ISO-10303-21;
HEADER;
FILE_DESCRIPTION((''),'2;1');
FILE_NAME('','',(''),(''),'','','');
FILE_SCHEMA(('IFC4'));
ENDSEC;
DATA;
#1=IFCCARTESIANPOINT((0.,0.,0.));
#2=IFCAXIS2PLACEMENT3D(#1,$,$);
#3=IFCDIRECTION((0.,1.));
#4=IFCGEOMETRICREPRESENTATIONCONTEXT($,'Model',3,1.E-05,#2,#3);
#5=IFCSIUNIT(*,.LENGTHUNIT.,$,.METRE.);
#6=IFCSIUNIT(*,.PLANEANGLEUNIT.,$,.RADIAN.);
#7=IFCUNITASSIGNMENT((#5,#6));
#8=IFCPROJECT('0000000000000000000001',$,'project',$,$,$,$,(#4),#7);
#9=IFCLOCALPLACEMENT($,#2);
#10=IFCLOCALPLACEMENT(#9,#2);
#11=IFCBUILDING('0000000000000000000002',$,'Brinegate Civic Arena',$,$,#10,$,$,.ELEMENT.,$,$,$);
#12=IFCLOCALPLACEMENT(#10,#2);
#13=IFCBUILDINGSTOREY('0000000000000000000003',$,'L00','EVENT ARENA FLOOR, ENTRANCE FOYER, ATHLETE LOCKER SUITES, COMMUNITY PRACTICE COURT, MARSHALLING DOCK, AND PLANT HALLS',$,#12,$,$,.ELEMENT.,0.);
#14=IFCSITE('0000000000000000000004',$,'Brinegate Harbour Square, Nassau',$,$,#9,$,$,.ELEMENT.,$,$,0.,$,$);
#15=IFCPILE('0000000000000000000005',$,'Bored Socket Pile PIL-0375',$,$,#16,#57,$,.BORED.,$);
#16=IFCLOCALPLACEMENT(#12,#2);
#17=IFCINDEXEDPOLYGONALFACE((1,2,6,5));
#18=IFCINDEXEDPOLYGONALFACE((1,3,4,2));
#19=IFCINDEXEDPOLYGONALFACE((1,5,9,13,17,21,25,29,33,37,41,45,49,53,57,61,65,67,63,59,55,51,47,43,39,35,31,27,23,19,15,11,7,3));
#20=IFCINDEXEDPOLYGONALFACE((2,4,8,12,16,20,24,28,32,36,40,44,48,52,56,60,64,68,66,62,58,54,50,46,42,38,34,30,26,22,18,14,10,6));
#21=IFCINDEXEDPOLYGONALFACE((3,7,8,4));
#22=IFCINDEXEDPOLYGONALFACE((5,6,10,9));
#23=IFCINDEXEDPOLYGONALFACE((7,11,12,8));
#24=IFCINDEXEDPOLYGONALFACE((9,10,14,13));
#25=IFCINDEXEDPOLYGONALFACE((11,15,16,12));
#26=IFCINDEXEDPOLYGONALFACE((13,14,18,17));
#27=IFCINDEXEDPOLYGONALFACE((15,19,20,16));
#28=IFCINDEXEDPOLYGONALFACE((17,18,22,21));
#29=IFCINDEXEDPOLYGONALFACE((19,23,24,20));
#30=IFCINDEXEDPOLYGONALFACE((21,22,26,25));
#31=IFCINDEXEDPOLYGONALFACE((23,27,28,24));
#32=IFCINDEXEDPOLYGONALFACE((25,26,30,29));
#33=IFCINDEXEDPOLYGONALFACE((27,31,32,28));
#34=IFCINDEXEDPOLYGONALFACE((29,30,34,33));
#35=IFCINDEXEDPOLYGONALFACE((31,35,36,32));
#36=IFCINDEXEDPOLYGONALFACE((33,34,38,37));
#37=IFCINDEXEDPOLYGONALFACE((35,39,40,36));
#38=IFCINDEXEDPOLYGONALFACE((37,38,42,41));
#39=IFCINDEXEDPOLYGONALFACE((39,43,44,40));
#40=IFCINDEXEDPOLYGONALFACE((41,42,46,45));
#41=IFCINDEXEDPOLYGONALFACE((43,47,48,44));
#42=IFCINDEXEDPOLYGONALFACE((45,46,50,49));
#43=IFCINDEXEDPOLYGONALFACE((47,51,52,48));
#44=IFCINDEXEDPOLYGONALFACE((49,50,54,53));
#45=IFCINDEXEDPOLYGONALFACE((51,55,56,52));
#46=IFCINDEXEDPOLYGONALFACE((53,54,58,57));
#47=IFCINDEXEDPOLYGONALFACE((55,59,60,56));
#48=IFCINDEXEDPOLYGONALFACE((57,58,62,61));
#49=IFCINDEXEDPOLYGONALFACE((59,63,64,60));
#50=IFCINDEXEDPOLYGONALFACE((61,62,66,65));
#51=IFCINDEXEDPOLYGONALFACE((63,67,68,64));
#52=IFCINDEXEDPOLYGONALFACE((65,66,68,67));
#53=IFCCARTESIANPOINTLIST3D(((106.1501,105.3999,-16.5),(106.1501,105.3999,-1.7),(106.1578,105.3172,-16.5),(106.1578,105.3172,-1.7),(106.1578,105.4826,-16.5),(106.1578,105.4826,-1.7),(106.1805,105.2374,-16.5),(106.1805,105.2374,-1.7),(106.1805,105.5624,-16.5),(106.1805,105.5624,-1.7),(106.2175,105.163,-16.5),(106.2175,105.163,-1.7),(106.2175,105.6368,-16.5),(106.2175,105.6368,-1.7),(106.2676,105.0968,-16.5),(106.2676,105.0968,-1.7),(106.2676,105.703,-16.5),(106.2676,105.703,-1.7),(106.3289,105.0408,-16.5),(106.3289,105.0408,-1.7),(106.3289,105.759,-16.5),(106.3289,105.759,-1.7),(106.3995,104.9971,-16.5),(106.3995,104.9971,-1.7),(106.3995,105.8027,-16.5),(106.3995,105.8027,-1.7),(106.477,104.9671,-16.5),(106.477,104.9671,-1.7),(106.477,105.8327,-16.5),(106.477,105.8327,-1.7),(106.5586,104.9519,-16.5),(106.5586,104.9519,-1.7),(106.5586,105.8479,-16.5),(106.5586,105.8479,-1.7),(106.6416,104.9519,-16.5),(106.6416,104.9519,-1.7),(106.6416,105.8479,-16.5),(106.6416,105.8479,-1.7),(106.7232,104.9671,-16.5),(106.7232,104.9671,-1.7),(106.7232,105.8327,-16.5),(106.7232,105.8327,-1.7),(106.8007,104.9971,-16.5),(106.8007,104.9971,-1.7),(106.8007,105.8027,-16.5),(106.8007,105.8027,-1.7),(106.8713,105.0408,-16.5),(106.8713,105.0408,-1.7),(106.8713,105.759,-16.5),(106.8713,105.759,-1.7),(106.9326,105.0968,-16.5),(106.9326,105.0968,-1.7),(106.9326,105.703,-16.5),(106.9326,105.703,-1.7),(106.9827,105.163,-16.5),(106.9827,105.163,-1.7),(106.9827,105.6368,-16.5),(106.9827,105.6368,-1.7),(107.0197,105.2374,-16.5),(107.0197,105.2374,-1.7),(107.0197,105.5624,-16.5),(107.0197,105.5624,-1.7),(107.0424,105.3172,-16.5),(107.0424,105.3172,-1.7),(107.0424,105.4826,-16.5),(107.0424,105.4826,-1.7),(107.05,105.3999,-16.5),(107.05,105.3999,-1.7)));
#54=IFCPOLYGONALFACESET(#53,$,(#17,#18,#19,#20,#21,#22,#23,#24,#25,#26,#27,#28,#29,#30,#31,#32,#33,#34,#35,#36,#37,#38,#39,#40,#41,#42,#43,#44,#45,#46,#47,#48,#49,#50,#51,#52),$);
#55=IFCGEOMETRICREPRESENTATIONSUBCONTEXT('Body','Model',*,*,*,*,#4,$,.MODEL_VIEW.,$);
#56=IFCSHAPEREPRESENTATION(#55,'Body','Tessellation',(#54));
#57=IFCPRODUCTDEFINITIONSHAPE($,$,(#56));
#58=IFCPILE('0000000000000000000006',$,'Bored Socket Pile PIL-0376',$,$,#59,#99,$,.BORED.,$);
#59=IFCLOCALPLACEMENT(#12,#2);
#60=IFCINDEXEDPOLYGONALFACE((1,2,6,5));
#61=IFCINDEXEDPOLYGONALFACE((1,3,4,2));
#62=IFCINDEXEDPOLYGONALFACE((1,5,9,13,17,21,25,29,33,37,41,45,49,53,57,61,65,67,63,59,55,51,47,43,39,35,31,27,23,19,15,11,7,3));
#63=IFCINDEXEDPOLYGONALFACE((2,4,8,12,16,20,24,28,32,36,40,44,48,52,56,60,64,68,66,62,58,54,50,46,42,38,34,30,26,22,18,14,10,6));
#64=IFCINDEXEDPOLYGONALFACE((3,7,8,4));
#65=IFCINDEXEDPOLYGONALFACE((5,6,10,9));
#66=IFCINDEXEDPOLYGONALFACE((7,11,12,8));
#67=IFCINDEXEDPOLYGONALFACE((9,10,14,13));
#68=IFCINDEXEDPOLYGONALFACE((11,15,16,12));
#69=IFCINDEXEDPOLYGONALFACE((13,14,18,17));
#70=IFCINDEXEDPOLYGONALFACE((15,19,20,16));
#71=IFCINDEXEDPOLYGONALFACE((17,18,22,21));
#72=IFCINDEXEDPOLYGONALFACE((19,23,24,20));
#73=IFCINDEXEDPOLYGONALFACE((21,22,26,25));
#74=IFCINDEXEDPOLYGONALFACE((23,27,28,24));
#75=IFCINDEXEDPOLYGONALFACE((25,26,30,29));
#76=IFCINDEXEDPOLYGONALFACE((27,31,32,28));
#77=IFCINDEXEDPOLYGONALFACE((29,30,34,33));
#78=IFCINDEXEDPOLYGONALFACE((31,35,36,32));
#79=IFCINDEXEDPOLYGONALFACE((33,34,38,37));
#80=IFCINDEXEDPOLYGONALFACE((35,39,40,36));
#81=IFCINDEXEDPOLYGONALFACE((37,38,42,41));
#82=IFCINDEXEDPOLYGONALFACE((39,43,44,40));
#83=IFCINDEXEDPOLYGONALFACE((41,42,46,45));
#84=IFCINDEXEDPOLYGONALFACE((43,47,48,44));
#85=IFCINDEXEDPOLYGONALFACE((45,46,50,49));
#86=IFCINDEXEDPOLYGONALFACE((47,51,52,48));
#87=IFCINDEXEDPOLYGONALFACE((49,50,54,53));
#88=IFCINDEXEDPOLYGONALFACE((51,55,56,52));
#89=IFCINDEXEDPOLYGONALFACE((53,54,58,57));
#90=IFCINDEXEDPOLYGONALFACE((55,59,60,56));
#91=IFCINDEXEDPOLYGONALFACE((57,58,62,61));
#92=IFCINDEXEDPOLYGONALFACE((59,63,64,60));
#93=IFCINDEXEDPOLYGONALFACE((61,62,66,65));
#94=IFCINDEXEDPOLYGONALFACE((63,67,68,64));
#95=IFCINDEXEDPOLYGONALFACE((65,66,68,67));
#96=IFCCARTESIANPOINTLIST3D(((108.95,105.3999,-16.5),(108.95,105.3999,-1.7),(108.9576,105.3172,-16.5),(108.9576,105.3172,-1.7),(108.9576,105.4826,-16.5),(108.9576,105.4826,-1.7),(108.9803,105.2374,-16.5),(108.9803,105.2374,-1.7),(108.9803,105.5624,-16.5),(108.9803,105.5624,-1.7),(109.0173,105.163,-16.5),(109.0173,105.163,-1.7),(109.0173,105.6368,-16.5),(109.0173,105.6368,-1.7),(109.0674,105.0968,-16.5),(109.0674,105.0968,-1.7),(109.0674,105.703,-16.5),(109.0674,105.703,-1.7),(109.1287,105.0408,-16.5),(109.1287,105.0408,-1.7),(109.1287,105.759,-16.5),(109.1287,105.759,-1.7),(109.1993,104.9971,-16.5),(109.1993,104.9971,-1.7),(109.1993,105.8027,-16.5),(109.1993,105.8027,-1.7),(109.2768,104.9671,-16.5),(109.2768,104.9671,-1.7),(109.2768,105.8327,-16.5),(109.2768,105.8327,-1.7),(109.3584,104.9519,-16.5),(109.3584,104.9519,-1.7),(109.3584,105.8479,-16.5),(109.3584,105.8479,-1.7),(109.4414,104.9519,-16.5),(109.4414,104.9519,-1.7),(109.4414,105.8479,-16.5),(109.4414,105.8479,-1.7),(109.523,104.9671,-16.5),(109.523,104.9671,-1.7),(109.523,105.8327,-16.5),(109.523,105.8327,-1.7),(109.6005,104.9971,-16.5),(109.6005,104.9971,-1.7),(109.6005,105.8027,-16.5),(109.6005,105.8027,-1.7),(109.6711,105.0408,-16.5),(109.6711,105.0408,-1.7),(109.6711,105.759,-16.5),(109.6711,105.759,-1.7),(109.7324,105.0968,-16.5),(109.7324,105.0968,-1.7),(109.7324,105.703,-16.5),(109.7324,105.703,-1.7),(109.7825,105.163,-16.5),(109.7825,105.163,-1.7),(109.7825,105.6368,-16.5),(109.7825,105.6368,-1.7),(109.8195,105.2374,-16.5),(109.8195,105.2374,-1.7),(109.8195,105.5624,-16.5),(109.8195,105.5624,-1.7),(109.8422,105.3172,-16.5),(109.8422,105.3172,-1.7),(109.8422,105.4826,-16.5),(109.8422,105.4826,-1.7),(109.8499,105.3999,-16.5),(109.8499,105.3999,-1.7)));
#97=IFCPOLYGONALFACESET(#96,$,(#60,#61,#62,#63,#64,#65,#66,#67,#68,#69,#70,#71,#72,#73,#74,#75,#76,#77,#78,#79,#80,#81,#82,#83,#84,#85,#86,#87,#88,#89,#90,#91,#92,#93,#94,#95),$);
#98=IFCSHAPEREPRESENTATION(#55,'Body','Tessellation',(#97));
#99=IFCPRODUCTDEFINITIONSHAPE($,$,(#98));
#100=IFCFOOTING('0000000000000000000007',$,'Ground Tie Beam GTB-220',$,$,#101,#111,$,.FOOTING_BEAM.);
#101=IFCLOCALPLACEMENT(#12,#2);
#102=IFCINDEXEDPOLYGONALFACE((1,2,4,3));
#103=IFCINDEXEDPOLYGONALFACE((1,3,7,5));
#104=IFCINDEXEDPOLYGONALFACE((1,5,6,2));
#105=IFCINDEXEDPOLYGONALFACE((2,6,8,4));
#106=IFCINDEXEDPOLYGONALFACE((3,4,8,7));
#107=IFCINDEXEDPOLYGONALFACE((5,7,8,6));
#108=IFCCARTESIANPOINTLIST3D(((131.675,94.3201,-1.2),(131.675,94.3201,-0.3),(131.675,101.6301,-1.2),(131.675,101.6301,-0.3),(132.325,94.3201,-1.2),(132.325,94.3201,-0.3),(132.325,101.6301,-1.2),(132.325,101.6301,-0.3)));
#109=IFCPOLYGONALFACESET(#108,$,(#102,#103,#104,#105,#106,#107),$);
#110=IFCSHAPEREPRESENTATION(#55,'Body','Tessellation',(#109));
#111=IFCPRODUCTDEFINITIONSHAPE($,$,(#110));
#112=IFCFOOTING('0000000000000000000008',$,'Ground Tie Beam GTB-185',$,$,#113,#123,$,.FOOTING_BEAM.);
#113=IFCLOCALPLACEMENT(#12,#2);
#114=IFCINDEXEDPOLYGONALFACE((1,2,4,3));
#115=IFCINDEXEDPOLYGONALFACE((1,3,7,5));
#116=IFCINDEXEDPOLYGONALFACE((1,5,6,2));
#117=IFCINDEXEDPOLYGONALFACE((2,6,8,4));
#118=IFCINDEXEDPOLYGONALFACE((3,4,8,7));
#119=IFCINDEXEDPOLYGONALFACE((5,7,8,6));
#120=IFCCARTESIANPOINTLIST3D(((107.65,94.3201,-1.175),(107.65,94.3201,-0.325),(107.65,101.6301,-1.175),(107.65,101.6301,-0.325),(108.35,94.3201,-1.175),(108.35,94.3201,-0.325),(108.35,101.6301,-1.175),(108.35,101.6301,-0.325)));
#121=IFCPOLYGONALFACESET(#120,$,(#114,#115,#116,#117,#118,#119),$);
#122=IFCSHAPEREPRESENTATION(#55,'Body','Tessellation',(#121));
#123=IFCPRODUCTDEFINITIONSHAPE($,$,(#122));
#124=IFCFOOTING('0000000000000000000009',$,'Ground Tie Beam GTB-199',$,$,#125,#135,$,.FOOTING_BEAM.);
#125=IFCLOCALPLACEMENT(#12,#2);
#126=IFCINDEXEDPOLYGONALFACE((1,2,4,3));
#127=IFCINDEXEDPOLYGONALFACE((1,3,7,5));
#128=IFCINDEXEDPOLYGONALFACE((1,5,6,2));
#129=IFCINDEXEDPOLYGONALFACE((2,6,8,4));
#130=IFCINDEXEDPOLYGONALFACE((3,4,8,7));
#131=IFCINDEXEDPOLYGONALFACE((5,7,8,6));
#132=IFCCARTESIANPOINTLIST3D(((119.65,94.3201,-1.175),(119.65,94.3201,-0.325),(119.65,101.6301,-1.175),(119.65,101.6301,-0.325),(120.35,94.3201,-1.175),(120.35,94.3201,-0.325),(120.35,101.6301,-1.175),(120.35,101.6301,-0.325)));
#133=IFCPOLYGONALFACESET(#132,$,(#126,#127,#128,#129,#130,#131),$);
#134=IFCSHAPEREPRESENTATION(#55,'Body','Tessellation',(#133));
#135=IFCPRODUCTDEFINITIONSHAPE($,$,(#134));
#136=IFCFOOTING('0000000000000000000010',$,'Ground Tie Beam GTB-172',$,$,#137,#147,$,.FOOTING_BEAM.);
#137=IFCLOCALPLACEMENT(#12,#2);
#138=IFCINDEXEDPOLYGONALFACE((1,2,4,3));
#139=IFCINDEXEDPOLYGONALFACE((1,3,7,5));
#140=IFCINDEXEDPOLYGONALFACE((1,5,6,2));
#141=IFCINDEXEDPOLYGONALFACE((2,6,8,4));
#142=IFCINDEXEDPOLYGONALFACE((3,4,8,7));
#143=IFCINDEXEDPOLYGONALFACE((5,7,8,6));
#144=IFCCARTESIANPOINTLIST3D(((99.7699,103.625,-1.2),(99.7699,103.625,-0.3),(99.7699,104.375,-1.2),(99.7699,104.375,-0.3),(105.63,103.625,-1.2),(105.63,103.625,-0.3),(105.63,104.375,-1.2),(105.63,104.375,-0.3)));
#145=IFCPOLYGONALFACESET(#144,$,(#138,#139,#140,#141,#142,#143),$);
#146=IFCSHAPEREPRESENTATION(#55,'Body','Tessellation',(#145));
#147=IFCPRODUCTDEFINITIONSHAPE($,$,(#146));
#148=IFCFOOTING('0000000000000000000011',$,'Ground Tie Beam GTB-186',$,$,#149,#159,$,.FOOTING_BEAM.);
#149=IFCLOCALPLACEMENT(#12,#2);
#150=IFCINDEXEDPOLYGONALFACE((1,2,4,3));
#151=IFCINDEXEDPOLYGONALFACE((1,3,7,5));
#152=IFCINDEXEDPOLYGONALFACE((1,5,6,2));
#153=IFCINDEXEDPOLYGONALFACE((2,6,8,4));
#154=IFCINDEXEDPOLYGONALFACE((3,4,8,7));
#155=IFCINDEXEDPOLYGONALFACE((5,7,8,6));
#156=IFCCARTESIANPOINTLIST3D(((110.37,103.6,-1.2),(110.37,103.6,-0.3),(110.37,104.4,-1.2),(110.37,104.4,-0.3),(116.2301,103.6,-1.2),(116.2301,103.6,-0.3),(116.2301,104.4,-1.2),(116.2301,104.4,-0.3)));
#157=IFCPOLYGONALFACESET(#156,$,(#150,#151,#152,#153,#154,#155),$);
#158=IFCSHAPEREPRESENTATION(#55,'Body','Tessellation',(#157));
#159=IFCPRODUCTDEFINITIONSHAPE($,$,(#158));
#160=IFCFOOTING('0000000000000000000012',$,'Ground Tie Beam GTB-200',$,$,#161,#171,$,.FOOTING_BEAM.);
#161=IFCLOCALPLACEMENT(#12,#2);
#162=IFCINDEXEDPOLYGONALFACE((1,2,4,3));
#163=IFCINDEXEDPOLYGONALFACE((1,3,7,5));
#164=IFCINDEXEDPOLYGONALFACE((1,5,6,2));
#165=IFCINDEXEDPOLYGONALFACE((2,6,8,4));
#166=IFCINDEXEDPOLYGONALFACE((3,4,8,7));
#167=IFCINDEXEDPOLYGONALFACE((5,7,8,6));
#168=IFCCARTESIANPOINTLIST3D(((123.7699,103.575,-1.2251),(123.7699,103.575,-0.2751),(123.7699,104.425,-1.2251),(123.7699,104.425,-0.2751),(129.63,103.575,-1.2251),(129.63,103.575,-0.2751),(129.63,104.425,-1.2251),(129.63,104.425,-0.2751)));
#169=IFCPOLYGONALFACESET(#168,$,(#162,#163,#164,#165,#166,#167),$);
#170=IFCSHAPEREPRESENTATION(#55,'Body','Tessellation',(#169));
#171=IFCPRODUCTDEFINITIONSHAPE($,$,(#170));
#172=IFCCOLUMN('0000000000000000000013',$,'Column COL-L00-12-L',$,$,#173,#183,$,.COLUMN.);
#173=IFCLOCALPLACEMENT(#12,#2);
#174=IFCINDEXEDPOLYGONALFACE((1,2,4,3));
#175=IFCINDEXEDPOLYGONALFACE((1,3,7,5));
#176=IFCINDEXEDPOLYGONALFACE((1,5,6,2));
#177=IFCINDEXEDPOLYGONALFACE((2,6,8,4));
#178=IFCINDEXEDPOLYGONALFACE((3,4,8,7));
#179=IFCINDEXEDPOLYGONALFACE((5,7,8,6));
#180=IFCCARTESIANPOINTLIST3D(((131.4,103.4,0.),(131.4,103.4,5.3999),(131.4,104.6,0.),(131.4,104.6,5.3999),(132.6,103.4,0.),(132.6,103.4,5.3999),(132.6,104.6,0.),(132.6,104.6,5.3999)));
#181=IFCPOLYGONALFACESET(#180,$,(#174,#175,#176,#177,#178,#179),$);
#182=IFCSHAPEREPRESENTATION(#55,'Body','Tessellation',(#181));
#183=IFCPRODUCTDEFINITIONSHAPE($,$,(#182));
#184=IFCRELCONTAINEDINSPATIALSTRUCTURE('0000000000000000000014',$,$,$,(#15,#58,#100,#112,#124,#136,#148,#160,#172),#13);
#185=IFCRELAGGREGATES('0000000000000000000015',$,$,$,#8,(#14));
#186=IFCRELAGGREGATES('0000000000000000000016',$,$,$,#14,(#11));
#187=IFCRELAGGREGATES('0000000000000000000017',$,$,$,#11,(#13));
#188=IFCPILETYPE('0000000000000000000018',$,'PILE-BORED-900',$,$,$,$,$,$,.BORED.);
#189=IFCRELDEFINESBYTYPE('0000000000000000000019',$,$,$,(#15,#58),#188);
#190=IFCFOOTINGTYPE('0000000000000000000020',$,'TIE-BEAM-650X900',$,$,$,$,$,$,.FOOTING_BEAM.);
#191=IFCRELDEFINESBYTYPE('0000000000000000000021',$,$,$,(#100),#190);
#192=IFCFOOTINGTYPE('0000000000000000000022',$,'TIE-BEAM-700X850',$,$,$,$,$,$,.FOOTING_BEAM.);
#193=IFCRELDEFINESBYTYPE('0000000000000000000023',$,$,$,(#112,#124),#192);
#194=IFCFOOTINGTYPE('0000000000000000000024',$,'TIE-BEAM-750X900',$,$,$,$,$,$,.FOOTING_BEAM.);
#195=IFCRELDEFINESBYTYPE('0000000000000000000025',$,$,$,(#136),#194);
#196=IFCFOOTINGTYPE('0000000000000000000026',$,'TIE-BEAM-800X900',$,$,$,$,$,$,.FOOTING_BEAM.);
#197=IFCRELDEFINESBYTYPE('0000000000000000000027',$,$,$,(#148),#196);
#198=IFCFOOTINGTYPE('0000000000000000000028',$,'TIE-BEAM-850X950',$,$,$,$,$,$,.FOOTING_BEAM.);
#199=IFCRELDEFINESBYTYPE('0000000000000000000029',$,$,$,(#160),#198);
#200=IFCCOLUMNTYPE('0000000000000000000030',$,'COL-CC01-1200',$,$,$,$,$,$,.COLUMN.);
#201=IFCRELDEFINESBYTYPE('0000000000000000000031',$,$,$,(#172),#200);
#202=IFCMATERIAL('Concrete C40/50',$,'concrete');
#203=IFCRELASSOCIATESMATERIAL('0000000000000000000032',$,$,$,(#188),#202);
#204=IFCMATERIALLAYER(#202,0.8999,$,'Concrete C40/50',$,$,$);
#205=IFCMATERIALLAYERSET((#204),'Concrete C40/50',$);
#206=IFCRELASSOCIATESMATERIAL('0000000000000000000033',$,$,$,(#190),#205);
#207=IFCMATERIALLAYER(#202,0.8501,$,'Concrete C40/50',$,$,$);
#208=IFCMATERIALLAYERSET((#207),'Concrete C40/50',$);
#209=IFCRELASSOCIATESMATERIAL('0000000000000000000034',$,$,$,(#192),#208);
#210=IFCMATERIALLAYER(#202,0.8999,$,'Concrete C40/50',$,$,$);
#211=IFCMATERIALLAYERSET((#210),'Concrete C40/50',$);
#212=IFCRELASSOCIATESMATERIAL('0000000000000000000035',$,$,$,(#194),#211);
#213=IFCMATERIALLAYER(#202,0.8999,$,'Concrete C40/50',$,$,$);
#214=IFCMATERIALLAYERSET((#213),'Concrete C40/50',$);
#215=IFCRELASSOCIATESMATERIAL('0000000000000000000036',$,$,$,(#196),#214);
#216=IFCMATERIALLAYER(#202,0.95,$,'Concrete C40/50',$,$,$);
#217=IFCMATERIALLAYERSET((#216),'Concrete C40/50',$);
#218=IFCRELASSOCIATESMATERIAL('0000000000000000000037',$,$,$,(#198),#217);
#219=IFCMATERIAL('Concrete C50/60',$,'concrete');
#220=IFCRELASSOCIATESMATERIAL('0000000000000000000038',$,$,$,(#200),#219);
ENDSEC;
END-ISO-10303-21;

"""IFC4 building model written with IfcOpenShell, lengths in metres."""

from ifc_helpers import new_model, si_unit, direction, frame, origin, origin_2d, place, context, subcontext, project, spatial, rectangle, circle, extrude, material, layer, layer_set, material_profile, profile_set, type_object, element, save


model = new_model("IFC4")

# Units and contexts
model_context = context("Model", 3, precision=1e-05, world=origin(), true_north=direction((0.0, 1.0)))
body_context = subcontext(model_context, "Body", "Model", "MODEL_VIEW")
ifc_project = project(units=[si_unit("LENGTHUNIT", "METRE"), si_unit("PLANEANGLEUNIT", "RADIAN")], contexts=[model_context])

# Site, building, storey
site_placement = place(None, origin())
site = spatial("IfcSite", under=ifc_project, at=site_placement, Name="Brinegate Harbour Square, Nassau", CompositionType="ELEMENT", RefElevation=0.0)
building_placement = place(site_placement, origin())
building = spatial("IfcBuilding", under=site, at=building_placement, Name="Brinegate Civic Arena", CompositionType="ELEMENT")
storey_placement = place(building_placement, origin())
storey = spatial("IfcBuildingStorey", under=building, at=storey_placement, Name="L00", Description="EVENT ARENA FLOOR, ENTRANCE FOYER, ATHLETE LOCKER SUITES, COMMUNITY PRACTICE COURT, MARSHALLING DOCK, AND PLANT HALLS", CompositionType="ELEMENT", Elevation=0.0)

# Shared definitions
ifc_material_1 = material(Name="Concrete C40/50", Category="concrete")

# Piles
ifc_material_profile_1 = material_profile(ifc_material_1, circle(Radius=0.45, at=origin_2d()), Name="PILED900")
ifc_profile_set_1 = profile_set([ifc_material_profile_1], Name="Concrete C40/50")
pile_type_1 = type_object("IfcPileType", Name="PILE-BORED-900", PredefinedType="BORED", material=ifc_profile_set_1)
for number, where, z_axis, x_axis, name in (
    (1, (106.6001, 105.3999, -1.7), (0.0, 0.0, -1.0), (1.0, 0.0, 0.0), "Bored Socket Pile PIL-0375"),
    (2, (109.3999, 105.3999, -1.7), (0.0, 0.0, -1.0), (1.0, 0.0, 0.0), "Bored Socket Pile PIL-0376"),
):
    element("IfcPile", number, at=place(storey_placement, frame(where, z_axis=z_axis, x_axis=x_axis)), inside=storey, type_object=pile_type_1, Name=name, PredefinedType="BORED", context=body_context, shape_type="SweptSolid", body=[
        extrude(circle(Radius=0.45, at=origin_2d()), origin(), (0.0, 0.0, 1.0), 14.8),
    ])

# Footings
ifc_layer_1 = layer(ifc_material_1, 0.8999, Name="Concrete C40/50")
ifc_layer_set_1 = layer_set([ifc_layer_1], Name="Concrete C40/50")
footing_type_1 = type_object("IfcFootingType", Name="TIE-BEAM-650X900", PredefinedType="FOOTING_BEAM", material=ifc_layer_set_1)
footing_1_placement = place(storey_placement, frame((132.0, 97.9751, -1.2), z_axis=(0.0, 0.0, 1.0), x_axis=(0.0, 1.0, 0.0)))
element("IfcFooting", 3, at=footing_1_placement, inside=storey, type_object=footing_type_1, Name="Ground Tie Beam GTB-220", PredefinedType="FOOTING_BEAM", context=body_context, shape_type="SweptSolid", body=[
    extrude(rectangle(XDim=7.3101, YDim=0.6499, at=origin_2d()), origin(), (0.0, 0.0, 1.0), 0.8999),
])
ifc_layer_2 = layer(ifc_material_1, 0.8501, Name="Concrete C40/50")
ifc_layer_set_2 = layer_set([ifc_layer_2], Name="Concrete C40/50")
footing_type_2 = type_object("IfcFootingType", Name="TIE-BEAM-700X850", PredefinedType="FOOTING_BEAM", material=ifc_layer_set_2)
for number, where, z_axis, x_axis, name in (
    (4, (108.0, 97.9751, -1.175), (0.0, 0.0, 1.0), (0.0, 1.0, 0.0), "Ground Tie Beam GTB-185"),
    (5, (120.0, 97.9751, -1.175), (0.0, 0.0, 1.0), (0.0, 1.0, 0.0), "Ground Tie Beam GTB-199"),
):
    element("IfcFooting", number, at=place(storey_placement, frame(where, z_axis=z_axis, x_axis=x_axis)), inside=storey, type_object=footing_type_2, Name=name, PredefinedType="FOOTING_BEAM", context=body_context, shape_type="SweptSolid", body=[
        extrude(rectangle(XDim=7.3101, YDim=0.7, at=origin_2d()), origin(), (0.0, 0.0, 1.0), 0.8501),
    ])
ifc_layer_3 = layer(ifc_material_1, 0.8999, Name="Concrete C40/50")
ifc_layer_set_3 = layer_set([ifc_layer_3], Name="Concrete C40/50")
footing_type_3 = type_object("IfcFootingType", Name="TIE-BEAM-750X900", PredefinedType="FOOTING_BEAM", material=ifc_layer_set_3)
footing_2_placement = place(storey_placement, frame((102.7, 104.0, -1.2), z_axis=(0.0, 0.0, 1.0), x_axis=(1.0, 0.0, 0.0)))
element("IfcFooting", 6, at=footing_2_placement, inside=storey, type_object=footing_type_3, Name="Ground Tie Beam GTB-172", PredefinedType="FOOTING_BEAM", context=body_context, shape_type="SweptSolid", body=[
    extrude(rectangle(XDim=5.8601, YDim=0.75, at=origin_2d()), origin(), (0.0, 0.0, 1.0), 0.8999),
])
ifc_layer_4 = layer(ifc_material_1, 0.8999, Name="Concrete C40/50")
ifc_layer_set_4 = layer_set([ifc_layer_4], Name="Concrete C40/50")
footing_type_4 = type_object("IfcFootingType", Name="TIE-BEAM-800X900", PredefinedType="FOOTING_BEAM", material=ifc_layer_set_4)
footing_3_placement = place(storey_placement, frame((113.3, 104.0, -1.2), z_axis=(0.0, 0.0, 1.0), x_axis=(1.0, 0.0, 0.0)))
element("IfcFooting", 7, at=footing_3_placement, inside=storey, type_object=footing_type_4, Name="Ground Tie Beam GTB-186", PredefinedType="FOOTING_BEAM", context=body_context, shape_type="SweptSolid", body=[
    extrude(rectangle(XDim=5.8601, YDim=0.8, at=origin_2d()), origin(), (0.0, 0.0, 1.0), 0.8999),
])
ifc_layer_5 = layer(ifc_material_1, 0.95, Name="Concrete C40/50")
ifc_layer_set_5 = layer_set([ifc_layer_5], Name="Concrete C40/50")
footing_type_5 = type_object("IfcFootingType", Name="TIE-BEAM-850X950", PredefinedType="FOOTING_BEAM", material=ifc_layer_set_5)
footing_4_placement = place(storey_placement, frame((126.7, 104.0, -1.2251), z_axis=(0.0, 0.0, 1.0), x_axis=(1.0, 0.0, 0.0)))
element("IfcFooting", 8, at=footing_4_placement, inside=storey, type_object=footing_type_5, Name="Ground Tie Beam GTB-200", PredefinedType="FOOTING_BEAM", context=body_context, shape_type="SweptSolid", body=[
    extrude(rectangle(XDim=5.8601, YDim=0.8501, at=origin_2d()), origin(), (0.0, 0.0, 1.0), 0.95),
])

# Column
ifc_material_2 = material(Name="Concrete C50/60", Category="concrete")
ifc_material_profile_2 = material_profile(ifc_material_2, rectangle(XDim=1.2, YDim=1.2, at=origin_2d()), Name="RC1200X1200")
ifc_profile_set_2 = profile_set([ifc_material_profile_2], Name="Concrete C50/60")
column_type_1 = type_object("IfcColumnType", Name="COL-CC01-1200", PredefinedType="COLUMN", material=ifc_profile_set_2)
column_placement = place(storey_placement, frame((132.0, 104.0, 0.0), z_axis=(0.0, 0.0, 1.0), x_axis=(1.0, 0.0, 0.0)))
element("IfcColumn", 9, at=column_placement, inside=storey, type_object=column_type_1, Name="Column COL-L00-12-L", PredefinedType="COLUMN", context=body_context, shape_type="SweptSolid", body=[
    extrude(rectangle(XDim=1.2, YDim=1.2, at=origin_2d()), origin(), (0.0, 0.0, 1.0), 5.3999),
])

save(model, "model.ifc")
